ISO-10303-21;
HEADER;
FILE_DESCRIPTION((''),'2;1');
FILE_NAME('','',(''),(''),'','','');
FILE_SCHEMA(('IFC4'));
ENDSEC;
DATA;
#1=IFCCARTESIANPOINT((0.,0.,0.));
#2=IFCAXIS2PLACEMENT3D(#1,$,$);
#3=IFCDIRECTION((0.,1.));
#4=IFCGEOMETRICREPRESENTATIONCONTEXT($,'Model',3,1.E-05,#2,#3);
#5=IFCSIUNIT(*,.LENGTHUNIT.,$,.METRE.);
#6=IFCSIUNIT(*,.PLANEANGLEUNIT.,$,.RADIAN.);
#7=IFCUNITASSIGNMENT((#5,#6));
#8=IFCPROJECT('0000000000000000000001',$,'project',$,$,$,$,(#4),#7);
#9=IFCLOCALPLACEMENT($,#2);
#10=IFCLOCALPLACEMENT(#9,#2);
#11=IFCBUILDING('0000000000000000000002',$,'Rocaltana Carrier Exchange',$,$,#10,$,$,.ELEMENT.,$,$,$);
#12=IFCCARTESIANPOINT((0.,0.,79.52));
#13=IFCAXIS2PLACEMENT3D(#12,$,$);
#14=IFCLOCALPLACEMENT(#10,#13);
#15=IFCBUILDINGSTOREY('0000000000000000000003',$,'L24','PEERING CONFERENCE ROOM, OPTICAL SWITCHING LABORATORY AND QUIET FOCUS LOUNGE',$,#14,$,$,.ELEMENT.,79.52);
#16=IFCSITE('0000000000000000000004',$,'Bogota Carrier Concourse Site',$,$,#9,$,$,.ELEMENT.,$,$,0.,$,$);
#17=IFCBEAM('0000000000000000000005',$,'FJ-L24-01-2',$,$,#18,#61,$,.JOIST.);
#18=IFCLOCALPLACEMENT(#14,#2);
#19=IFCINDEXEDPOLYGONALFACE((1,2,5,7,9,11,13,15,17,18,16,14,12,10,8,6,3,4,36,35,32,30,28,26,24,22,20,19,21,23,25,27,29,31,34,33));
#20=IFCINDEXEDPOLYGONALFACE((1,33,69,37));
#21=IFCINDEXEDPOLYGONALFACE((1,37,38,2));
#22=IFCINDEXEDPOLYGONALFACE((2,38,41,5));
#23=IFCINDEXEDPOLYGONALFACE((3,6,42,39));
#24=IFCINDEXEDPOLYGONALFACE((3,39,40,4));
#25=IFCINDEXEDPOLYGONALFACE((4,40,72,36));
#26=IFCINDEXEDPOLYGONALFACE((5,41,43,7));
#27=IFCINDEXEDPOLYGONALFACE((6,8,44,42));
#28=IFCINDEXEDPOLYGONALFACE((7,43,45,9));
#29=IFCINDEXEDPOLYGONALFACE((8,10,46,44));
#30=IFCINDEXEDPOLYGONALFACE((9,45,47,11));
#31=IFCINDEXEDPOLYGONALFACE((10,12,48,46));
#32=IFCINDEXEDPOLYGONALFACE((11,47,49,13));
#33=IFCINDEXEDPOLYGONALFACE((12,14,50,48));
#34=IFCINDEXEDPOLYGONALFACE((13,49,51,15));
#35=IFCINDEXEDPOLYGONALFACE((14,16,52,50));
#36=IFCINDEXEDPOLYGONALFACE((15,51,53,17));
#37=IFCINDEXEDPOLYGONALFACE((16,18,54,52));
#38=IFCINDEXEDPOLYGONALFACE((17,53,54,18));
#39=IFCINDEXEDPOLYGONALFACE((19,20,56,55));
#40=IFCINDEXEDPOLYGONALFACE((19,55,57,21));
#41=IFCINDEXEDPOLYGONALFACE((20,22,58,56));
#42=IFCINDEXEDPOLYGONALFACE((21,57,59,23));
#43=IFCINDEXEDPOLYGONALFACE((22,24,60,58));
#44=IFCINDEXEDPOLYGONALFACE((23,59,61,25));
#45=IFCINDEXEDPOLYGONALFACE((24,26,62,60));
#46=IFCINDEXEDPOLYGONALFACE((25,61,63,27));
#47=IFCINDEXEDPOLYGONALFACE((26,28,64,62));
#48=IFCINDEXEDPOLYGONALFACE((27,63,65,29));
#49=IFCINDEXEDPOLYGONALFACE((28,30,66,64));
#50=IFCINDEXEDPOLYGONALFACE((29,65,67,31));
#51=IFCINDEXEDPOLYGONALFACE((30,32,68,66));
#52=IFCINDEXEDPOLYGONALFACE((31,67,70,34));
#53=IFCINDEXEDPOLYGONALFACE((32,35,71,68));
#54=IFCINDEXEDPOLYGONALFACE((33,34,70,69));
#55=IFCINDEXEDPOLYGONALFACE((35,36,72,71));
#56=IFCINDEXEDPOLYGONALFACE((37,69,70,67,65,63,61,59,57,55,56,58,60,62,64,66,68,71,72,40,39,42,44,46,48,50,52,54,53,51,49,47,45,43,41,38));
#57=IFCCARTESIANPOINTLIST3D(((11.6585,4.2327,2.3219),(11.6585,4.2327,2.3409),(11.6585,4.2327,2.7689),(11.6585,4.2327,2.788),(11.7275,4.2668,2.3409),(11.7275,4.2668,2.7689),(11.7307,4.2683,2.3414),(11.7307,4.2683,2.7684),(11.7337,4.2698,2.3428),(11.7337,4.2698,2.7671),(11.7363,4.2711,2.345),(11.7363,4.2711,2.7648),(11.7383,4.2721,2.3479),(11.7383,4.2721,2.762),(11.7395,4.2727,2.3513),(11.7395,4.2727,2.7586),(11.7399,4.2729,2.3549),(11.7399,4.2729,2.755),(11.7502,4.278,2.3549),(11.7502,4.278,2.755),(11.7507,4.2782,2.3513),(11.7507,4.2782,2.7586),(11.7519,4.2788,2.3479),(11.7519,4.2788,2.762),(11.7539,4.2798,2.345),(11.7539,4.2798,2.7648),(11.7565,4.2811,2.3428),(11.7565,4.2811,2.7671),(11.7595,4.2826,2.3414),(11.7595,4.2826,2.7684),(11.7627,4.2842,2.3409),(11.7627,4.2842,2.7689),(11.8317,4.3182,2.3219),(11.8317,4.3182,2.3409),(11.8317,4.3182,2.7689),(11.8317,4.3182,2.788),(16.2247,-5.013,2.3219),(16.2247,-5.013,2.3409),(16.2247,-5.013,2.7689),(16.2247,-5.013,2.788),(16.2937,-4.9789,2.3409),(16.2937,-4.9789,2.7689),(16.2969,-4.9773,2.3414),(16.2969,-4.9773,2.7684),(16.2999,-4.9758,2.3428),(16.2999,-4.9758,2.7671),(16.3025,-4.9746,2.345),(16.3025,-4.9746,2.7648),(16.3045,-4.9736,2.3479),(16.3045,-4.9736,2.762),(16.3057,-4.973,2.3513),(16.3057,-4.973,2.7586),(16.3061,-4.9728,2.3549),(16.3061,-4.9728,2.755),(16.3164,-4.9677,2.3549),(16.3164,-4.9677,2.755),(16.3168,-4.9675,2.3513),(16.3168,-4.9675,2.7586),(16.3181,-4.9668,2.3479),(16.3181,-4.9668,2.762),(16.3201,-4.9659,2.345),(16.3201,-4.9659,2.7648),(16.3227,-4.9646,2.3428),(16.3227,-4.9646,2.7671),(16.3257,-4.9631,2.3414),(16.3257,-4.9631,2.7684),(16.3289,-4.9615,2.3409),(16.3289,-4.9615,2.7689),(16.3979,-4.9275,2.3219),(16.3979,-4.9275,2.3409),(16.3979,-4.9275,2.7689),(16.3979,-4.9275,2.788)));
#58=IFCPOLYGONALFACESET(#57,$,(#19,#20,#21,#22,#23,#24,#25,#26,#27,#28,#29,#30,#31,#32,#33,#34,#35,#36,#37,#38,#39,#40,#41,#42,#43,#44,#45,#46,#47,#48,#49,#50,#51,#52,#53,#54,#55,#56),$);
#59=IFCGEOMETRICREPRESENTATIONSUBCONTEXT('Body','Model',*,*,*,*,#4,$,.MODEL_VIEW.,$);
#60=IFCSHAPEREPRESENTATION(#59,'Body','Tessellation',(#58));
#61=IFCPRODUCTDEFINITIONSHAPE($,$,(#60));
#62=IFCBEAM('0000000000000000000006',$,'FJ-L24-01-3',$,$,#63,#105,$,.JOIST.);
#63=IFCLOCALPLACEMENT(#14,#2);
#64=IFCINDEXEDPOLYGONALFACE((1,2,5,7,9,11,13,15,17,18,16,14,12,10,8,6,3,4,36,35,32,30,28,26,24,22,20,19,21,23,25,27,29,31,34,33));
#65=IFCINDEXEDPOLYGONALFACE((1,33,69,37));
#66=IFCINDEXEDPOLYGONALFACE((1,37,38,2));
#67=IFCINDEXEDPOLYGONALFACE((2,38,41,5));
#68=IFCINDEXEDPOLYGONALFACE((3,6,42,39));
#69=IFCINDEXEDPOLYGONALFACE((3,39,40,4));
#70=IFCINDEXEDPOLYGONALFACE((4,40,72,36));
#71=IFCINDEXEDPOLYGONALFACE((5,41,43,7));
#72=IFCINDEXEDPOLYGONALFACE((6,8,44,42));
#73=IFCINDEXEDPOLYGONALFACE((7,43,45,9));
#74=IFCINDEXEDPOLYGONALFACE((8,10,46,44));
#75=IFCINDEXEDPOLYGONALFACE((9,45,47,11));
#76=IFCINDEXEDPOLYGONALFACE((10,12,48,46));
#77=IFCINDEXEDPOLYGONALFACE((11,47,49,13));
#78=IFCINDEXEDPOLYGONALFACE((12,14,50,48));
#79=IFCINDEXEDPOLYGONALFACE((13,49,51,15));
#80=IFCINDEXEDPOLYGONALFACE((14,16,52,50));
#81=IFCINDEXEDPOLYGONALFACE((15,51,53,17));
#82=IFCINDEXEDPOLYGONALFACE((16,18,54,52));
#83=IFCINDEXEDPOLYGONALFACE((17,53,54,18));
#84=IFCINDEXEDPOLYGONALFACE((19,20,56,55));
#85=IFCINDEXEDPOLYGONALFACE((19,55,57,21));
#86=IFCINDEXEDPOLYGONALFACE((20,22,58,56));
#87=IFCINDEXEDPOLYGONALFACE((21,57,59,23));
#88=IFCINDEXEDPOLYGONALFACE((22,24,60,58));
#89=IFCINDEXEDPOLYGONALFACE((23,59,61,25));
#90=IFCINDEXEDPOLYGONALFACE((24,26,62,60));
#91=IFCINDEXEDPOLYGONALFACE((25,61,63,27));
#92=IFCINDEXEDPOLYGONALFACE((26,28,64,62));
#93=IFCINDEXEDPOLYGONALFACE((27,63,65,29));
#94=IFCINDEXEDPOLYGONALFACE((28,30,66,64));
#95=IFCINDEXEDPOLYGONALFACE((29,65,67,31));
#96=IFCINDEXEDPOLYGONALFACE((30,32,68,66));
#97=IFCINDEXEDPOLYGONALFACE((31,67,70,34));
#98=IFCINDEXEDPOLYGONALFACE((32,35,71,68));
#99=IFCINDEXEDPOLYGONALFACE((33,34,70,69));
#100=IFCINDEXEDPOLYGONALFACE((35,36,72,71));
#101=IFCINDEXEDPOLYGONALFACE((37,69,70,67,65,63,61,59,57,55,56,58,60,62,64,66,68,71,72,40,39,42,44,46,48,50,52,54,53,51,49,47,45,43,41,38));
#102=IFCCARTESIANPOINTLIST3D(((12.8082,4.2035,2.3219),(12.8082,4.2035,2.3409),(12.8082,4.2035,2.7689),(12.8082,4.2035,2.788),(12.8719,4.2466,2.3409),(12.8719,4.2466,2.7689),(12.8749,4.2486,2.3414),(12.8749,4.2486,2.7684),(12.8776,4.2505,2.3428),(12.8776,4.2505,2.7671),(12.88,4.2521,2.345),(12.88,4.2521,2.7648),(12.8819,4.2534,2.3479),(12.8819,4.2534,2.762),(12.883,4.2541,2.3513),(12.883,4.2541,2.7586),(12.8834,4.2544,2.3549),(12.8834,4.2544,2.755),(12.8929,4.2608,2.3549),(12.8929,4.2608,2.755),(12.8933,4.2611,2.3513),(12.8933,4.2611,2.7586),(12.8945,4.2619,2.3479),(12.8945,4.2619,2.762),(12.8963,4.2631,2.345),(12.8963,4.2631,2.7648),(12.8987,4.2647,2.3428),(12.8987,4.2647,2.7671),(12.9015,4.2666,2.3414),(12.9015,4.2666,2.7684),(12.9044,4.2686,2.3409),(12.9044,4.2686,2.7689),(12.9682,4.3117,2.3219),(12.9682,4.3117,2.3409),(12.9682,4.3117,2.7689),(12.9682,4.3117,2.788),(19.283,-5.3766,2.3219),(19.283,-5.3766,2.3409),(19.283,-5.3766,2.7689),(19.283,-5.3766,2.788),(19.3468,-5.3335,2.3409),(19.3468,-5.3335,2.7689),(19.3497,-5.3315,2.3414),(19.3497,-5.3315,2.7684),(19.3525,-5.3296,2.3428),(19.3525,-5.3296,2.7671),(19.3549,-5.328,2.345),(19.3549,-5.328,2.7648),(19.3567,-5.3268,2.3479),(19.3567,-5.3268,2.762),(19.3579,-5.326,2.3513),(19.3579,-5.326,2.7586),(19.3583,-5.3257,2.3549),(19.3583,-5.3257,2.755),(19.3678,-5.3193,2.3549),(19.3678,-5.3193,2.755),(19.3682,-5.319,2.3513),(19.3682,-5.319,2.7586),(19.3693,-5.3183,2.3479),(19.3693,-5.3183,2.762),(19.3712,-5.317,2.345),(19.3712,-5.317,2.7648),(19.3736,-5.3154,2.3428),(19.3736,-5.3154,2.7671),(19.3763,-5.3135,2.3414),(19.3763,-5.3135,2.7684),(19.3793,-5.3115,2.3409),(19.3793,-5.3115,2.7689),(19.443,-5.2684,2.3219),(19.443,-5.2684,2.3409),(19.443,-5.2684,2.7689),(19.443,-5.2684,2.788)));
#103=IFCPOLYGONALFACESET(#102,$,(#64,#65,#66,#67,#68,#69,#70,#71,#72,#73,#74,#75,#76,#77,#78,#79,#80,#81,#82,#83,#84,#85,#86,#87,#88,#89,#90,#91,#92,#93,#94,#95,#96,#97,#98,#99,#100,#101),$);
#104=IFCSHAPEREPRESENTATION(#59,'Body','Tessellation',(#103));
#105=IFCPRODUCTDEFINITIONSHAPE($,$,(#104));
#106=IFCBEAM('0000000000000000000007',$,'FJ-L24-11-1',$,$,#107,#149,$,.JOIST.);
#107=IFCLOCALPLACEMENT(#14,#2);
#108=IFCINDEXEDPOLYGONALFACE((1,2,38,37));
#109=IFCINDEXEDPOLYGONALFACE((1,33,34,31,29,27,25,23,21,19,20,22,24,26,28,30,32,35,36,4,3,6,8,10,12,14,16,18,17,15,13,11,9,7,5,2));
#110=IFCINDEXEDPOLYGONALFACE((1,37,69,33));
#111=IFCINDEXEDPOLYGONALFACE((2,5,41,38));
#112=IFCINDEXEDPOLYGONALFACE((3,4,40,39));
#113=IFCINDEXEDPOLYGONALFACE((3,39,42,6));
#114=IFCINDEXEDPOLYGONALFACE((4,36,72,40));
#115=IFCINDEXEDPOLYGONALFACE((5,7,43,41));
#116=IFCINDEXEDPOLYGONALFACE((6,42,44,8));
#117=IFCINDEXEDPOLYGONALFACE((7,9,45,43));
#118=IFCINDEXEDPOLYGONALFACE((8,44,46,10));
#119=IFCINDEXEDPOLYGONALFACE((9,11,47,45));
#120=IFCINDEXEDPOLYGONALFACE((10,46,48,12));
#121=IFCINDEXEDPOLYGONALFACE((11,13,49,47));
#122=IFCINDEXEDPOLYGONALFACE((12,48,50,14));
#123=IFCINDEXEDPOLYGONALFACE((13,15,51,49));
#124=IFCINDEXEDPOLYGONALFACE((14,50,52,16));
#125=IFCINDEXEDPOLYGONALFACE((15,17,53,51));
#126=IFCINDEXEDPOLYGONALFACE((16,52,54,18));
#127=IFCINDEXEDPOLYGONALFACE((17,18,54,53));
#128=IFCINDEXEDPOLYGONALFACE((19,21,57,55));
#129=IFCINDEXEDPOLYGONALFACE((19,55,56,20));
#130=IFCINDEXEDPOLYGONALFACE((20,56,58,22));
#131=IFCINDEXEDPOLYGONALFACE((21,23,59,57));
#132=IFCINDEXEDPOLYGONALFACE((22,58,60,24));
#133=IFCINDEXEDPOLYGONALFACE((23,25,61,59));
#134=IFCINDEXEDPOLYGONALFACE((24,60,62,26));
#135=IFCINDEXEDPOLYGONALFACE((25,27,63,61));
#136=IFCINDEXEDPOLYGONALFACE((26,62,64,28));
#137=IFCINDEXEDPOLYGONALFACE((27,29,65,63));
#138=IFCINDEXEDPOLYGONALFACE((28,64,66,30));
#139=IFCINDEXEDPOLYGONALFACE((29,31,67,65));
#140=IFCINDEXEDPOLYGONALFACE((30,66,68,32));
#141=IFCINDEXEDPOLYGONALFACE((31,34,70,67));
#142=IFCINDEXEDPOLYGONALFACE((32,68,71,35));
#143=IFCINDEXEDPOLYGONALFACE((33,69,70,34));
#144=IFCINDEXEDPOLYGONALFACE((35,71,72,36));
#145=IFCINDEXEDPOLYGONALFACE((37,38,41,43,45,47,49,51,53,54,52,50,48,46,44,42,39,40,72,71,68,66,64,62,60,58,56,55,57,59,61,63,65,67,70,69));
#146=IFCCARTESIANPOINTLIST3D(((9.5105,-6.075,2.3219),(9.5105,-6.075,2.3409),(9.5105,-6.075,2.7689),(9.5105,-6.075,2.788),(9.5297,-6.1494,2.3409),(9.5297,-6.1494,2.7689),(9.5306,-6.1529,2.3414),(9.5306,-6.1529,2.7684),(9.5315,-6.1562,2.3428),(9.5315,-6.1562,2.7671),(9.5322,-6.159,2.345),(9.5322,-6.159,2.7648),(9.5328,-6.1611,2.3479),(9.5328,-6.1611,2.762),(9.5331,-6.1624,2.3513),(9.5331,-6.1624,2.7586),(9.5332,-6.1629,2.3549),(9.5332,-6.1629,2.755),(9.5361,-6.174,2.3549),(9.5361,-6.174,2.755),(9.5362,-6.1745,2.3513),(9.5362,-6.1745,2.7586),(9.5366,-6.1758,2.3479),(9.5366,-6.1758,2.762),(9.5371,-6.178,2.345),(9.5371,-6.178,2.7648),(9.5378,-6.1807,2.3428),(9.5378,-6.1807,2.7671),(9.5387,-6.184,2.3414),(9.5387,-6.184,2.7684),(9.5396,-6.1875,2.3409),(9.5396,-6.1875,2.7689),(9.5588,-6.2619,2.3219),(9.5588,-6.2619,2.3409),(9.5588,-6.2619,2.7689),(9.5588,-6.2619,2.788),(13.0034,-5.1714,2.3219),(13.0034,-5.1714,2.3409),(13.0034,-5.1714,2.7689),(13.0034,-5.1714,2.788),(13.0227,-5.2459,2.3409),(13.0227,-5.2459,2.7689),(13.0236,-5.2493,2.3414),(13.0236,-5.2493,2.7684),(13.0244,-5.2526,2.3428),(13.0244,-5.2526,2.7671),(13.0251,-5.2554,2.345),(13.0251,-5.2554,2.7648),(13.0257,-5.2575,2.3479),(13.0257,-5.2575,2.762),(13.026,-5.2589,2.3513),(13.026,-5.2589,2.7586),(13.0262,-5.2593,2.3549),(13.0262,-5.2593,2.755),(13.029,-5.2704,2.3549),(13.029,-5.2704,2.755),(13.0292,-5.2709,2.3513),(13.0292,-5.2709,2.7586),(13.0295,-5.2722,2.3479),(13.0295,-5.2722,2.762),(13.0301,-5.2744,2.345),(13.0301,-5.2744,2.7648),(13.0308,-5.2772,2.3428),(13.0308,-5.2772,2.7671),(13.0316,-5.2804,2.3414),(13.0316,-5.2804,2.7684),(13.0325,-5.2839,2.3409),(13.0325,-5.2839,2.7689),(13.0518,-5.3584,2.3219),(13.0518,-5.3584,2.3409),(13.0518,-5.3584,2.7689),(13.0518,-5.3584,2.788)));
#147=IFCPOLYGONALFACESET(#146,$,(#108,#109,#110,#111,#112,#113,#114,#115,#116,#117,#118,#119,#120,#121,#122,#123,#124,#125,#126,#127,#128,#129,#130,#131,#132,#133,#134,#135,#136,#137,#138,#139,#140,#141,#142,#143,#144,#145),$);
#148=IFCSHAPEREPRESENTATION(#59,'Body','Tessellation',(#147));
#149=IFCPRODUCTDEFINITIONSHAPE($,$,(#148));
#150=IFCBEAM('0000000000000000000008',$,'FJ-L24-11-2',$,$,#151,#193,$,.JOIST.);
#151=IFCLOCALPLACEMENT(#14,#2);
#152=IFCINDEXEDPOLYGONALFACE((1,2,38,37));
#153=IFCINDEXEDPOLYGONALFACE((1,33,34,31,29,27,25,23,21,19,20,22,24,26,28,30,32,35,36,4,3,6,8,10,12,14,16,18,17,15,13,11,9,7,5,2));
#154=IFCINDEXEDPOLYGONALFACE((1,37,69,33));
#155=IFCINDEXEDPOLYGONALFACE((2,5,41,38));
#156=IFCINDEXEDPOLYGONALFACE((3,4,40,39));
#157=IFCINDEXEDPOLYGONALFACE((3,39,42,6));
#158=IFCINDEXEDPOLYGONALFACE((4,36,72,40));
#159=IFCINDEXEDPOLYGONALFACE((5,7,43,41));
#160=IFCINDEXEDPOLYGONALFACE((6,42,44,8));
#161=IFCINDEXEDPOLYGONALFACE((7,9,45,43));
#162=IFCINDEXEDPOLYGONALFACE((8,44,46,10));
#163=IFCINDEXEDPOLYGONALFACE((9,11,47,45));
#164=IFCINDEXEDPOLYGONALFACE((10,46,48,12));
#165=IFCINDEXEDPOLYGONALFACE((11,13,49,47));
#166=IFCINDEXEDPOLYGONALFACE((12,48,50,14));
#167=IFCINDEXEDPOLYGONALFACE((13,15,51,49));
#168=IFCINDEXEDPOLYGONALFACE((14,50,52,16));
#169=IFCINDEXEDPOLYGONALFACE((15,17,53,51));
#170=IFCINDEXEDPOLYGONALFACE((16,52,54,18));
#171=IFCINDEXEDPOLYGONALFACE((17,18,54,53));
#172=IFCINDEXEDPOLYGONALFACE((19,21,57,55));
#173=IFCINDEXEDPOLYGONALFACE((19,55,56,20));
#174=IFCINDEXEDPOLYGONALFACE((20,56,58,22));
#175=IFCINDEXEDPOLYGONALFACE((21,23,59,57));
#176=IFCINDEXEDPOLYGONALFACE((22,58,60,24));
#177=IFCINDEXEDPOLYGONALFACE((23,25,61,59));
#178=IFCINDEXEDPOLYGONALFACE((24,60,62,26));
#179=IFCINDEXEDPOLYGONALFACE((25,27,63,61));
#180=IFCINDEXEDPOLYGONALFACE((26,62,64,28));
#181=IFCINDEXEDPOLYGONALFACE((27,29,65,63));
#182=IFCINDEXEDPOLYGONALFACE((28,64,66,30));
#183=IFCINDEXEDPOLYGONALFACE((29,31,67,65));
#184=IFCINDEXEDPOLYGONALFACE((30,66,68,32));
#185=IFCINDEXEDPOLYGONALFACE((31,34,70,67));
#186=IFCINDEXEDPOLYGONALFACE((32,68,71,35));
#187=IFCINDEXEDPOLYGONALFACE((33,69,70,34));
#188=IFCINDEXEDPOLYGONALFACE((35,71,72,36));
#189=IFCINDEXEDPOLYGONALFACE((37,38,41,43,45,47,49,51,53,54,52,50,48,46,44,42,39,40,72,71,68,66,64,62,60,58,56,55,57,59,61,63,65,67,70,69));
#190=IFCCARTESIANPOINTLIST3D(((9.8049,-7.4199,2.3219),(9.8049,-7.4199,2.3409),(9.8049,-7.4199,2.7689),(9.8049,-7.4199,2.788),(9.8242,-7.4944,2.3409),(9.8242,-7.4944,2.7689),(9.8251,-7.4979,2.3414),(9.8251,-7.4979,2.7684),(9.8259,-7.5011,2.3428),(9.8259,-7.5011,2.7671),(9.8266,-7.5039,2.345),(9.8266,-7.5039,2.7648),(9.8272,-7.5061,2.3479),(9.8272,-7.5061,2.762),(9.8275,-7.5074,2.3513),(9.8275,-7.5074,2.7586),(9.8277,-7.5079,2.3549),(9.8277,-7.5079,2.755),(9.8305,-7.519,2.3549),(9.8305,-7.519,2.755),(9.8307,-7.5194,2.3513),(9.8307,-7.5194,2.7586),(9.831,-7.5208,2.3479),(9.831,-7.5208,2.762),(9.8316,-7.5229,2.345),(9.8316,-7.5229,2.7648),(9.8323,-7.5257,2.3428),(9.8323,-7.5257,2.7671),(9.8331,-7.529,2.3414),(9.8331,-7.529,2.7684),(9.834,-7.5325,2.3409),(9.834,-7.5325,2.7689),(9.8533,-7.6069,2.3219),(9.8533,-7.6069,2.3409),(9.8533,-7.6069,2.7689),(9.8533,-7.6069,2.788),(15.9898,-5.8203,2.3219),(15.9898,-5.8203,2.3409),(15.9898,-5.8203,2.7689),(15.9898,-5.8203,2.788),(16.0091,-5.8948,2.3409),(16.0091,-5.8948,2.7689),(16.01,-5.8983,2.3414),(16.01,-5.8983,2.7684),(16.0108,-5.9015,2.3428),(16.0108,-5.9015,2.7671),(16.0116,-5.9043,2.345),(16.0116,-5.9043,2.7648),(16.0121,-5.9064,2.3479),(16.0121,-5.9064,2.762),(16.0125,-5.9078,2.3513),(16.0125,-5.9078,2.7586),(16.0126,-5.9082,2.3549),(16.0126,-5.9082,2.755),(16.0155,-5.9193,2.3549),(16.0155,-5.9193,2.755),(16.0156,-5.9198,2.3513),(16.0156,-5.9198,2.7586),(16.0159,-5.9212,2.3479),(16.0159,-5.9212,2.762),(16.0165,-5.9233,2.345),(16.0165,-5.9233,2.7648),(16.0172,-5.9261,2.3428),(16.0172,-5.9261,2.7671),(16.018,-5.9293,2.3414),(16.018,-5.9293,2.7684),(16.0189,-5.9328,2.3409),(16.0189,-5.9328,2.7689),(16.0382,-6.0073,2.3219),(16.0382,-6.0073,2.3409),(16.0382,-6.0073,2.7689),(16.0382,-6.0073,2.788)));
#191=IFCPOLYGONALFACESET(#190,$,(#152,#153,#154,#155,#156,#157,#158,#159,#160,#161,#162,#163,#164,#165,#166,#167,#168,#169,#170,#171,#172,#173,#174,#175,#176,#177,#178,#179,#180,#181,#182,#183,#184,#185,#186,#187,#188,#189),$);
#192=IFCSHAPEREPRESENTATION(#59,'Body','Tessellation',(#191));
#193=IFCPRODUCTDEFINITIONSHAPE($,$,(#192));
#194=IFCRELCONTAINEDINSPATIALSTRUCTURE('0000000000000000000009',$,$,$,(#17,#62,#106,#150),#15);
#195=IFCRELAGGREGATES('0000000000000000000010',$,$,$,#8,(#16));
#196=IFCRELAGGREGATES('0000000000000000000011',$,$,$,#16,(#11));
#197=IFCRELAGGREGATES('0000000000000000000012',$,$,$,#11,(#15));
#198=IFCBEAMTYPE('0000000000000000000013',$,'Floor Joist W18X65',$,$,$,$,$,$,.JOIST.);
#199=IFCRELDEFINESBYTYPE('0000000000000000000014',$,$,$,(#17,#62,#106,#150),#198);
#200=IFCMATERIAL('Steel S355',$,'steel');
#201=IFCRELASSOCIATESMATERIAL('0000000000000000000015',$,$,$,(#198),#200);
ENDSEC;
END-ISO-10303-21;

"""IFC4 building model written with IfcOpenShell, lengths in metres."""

from ifc_helpers import new_model, si_unit, direction, frame, origin, origin_2d, place, context, subcontext, project, spatial, i_section, extrude, material, material_profile, profile_set, type_object, element, save


model = new_model("IFC4")

# Units and contexts
model_context = context("Model", 3, precision=1e-05, world=origin(), true_north=direction((0.0, 1.0)))
body_context = subcontext(model_context, "Body", "Model", "MODEL_VIEW")
ifc_project = project(units=[si_unit("LENGTHUNIT", "METRE"), si_unit("PLANEANGLEUNIT", "RADIAN")], contexts=[model_context])

# Site, building, storey
site_placement = place(None, origin())
site = spatial("IfcSite", under=ifc_project, at=site_placement, Name="Bogota Carrier Concourse Site", CompositionType="ELEMENT", RefElevation=0.0)
building_placement = place(site_placement, origin())
building = spatial("IfcBuilding", under=site, at=building_placement, Name="Rocaltana Carrier Exchange", CompositionType="ELEMENT")
storey_placement = place(building_placement, frame((0.0, 0.0, 79.52)))
storey = spatial("IfcBuildingStorey", under=building, at=storey_placement, Name="L24", Description="PEERING CONFERENCE ROOM, OPTICAL SWITCHING LABORATORY AND QUIET FOCUS LOUNGE", CompositionType="ELEMENT", Elevation=79.52)

# Beams
ifc_material_1 = material(Name="Steel S355", Category="steel")
ifc_material_profile_1 = material_profile(ifc_material_1, i_section(OverallWidth=0.1931, OverallDepth=0.4661, WebThickness=0.0115, FlangeThickness=0.019, FilletRadius=0.0139, at=origin_2d()), Name="W18X65")
ifc_profile_set_1 = profile_set([ifc_material_profile_1], Name="Steel S355")
beam_type_1 = type_object("IfcBeamType", Name="Floor Joist W18X65", PredefinedType="JOIST", material=ifc_profile_set_1)
beam_1_placement = place(storey_placement, frame((16.3113, -4.9702, 2.5549), z_axis=(-0.442814, 0.896614, 0.0), x_axis=(-0.896614, -0.442814, 0.0)))
element("IfcBeam", 1, at=beam_1_placement, inside=storey, type_object=beam_type_1, Name="FJ-L24-01-2", PredefinedType="JOIST", context=body_context, shape_type="SweptSolid", body=[
    extrude(i_section(OverallWidth=0.1931, OverallDepth=0.4661, WebThickness=0.0115, FlangeThickness=0.019, FilletRadius=0.0139, at=origin_2d()), origin(), (0.0, 0.0, 1.0), 10.3118),
])
beam_2_placement = place(storey_placement, frame((19.363, -5.3225, 2.5549), z_axis=(-0.559966, 0.828516, 0.0), x_axis=(-0.828516, -0.559966, 0.0)))
element("IfcBeam", 2, at=beam_2_placement, inside=storey, type_object=beam_type_1, Name="FJ-L24-01-3", PredefinedType="JOIST", context=body_context, shape_type="SweptSolid", body=[
    extrude(i_section(OverallWidth=0.1931, OverallDepth=0.4661, WebThickness=0.0115, FlangeThickness=0.019, FilletRadius=0.0139, at=origin_2d()), origin(), (0.0, 0.0, 1.0), 11.563),
])
beam_3_placement = place(storey_placement, frame((9.5347, -6.1685, 2.5549), z_axis=(0.968132, 0.250441, 0.0), x_axis=(-0.250441, 0.968132, 0.0)))
element("IfcBeam", 3, at=beam_3_placement, inside=storey, type_object=beam_type_1, Name="FJ-L24-11-1", PredefinedType="JOIST", context=body_context, shape_type="SweptSolid", body=[
    extrude(i_section(OverallWidth=0.1931, OverallDepth=0.4661, WebThickness=0.0115, FlangeThickness=0.019, FilletRadius=0.0139, at=origin_2d()), origin(), (0.0, 0.0, 1.0), 3.6079),
])
beam_4_placement = place(storey_placement, frame((9.8291, -7.5134, 2.5549), z_axis=(0.968144, 0.250396, 0.0), x_axis=(-0.250396, 0.968144, 0.0)))
element("IfcBeam", 4, at=beam_4_placement, inside=storey, type_object=beam_type_1, Name="FJ-L24-11-2", PredefinedType="JOIST", context=body_context, shape_type="SweptSolid", body=[
    extrude(i_section(OverallWidth=0.1931, OverallDepth=0.4661, WebThickness=0.0115, FlangeThickness=0.019, FilletRadius=0.0139, at=origin_2d()), origin(), (0.0, 0.0, 1.0), 6.3884),
])

save(model, "model.ifc")
